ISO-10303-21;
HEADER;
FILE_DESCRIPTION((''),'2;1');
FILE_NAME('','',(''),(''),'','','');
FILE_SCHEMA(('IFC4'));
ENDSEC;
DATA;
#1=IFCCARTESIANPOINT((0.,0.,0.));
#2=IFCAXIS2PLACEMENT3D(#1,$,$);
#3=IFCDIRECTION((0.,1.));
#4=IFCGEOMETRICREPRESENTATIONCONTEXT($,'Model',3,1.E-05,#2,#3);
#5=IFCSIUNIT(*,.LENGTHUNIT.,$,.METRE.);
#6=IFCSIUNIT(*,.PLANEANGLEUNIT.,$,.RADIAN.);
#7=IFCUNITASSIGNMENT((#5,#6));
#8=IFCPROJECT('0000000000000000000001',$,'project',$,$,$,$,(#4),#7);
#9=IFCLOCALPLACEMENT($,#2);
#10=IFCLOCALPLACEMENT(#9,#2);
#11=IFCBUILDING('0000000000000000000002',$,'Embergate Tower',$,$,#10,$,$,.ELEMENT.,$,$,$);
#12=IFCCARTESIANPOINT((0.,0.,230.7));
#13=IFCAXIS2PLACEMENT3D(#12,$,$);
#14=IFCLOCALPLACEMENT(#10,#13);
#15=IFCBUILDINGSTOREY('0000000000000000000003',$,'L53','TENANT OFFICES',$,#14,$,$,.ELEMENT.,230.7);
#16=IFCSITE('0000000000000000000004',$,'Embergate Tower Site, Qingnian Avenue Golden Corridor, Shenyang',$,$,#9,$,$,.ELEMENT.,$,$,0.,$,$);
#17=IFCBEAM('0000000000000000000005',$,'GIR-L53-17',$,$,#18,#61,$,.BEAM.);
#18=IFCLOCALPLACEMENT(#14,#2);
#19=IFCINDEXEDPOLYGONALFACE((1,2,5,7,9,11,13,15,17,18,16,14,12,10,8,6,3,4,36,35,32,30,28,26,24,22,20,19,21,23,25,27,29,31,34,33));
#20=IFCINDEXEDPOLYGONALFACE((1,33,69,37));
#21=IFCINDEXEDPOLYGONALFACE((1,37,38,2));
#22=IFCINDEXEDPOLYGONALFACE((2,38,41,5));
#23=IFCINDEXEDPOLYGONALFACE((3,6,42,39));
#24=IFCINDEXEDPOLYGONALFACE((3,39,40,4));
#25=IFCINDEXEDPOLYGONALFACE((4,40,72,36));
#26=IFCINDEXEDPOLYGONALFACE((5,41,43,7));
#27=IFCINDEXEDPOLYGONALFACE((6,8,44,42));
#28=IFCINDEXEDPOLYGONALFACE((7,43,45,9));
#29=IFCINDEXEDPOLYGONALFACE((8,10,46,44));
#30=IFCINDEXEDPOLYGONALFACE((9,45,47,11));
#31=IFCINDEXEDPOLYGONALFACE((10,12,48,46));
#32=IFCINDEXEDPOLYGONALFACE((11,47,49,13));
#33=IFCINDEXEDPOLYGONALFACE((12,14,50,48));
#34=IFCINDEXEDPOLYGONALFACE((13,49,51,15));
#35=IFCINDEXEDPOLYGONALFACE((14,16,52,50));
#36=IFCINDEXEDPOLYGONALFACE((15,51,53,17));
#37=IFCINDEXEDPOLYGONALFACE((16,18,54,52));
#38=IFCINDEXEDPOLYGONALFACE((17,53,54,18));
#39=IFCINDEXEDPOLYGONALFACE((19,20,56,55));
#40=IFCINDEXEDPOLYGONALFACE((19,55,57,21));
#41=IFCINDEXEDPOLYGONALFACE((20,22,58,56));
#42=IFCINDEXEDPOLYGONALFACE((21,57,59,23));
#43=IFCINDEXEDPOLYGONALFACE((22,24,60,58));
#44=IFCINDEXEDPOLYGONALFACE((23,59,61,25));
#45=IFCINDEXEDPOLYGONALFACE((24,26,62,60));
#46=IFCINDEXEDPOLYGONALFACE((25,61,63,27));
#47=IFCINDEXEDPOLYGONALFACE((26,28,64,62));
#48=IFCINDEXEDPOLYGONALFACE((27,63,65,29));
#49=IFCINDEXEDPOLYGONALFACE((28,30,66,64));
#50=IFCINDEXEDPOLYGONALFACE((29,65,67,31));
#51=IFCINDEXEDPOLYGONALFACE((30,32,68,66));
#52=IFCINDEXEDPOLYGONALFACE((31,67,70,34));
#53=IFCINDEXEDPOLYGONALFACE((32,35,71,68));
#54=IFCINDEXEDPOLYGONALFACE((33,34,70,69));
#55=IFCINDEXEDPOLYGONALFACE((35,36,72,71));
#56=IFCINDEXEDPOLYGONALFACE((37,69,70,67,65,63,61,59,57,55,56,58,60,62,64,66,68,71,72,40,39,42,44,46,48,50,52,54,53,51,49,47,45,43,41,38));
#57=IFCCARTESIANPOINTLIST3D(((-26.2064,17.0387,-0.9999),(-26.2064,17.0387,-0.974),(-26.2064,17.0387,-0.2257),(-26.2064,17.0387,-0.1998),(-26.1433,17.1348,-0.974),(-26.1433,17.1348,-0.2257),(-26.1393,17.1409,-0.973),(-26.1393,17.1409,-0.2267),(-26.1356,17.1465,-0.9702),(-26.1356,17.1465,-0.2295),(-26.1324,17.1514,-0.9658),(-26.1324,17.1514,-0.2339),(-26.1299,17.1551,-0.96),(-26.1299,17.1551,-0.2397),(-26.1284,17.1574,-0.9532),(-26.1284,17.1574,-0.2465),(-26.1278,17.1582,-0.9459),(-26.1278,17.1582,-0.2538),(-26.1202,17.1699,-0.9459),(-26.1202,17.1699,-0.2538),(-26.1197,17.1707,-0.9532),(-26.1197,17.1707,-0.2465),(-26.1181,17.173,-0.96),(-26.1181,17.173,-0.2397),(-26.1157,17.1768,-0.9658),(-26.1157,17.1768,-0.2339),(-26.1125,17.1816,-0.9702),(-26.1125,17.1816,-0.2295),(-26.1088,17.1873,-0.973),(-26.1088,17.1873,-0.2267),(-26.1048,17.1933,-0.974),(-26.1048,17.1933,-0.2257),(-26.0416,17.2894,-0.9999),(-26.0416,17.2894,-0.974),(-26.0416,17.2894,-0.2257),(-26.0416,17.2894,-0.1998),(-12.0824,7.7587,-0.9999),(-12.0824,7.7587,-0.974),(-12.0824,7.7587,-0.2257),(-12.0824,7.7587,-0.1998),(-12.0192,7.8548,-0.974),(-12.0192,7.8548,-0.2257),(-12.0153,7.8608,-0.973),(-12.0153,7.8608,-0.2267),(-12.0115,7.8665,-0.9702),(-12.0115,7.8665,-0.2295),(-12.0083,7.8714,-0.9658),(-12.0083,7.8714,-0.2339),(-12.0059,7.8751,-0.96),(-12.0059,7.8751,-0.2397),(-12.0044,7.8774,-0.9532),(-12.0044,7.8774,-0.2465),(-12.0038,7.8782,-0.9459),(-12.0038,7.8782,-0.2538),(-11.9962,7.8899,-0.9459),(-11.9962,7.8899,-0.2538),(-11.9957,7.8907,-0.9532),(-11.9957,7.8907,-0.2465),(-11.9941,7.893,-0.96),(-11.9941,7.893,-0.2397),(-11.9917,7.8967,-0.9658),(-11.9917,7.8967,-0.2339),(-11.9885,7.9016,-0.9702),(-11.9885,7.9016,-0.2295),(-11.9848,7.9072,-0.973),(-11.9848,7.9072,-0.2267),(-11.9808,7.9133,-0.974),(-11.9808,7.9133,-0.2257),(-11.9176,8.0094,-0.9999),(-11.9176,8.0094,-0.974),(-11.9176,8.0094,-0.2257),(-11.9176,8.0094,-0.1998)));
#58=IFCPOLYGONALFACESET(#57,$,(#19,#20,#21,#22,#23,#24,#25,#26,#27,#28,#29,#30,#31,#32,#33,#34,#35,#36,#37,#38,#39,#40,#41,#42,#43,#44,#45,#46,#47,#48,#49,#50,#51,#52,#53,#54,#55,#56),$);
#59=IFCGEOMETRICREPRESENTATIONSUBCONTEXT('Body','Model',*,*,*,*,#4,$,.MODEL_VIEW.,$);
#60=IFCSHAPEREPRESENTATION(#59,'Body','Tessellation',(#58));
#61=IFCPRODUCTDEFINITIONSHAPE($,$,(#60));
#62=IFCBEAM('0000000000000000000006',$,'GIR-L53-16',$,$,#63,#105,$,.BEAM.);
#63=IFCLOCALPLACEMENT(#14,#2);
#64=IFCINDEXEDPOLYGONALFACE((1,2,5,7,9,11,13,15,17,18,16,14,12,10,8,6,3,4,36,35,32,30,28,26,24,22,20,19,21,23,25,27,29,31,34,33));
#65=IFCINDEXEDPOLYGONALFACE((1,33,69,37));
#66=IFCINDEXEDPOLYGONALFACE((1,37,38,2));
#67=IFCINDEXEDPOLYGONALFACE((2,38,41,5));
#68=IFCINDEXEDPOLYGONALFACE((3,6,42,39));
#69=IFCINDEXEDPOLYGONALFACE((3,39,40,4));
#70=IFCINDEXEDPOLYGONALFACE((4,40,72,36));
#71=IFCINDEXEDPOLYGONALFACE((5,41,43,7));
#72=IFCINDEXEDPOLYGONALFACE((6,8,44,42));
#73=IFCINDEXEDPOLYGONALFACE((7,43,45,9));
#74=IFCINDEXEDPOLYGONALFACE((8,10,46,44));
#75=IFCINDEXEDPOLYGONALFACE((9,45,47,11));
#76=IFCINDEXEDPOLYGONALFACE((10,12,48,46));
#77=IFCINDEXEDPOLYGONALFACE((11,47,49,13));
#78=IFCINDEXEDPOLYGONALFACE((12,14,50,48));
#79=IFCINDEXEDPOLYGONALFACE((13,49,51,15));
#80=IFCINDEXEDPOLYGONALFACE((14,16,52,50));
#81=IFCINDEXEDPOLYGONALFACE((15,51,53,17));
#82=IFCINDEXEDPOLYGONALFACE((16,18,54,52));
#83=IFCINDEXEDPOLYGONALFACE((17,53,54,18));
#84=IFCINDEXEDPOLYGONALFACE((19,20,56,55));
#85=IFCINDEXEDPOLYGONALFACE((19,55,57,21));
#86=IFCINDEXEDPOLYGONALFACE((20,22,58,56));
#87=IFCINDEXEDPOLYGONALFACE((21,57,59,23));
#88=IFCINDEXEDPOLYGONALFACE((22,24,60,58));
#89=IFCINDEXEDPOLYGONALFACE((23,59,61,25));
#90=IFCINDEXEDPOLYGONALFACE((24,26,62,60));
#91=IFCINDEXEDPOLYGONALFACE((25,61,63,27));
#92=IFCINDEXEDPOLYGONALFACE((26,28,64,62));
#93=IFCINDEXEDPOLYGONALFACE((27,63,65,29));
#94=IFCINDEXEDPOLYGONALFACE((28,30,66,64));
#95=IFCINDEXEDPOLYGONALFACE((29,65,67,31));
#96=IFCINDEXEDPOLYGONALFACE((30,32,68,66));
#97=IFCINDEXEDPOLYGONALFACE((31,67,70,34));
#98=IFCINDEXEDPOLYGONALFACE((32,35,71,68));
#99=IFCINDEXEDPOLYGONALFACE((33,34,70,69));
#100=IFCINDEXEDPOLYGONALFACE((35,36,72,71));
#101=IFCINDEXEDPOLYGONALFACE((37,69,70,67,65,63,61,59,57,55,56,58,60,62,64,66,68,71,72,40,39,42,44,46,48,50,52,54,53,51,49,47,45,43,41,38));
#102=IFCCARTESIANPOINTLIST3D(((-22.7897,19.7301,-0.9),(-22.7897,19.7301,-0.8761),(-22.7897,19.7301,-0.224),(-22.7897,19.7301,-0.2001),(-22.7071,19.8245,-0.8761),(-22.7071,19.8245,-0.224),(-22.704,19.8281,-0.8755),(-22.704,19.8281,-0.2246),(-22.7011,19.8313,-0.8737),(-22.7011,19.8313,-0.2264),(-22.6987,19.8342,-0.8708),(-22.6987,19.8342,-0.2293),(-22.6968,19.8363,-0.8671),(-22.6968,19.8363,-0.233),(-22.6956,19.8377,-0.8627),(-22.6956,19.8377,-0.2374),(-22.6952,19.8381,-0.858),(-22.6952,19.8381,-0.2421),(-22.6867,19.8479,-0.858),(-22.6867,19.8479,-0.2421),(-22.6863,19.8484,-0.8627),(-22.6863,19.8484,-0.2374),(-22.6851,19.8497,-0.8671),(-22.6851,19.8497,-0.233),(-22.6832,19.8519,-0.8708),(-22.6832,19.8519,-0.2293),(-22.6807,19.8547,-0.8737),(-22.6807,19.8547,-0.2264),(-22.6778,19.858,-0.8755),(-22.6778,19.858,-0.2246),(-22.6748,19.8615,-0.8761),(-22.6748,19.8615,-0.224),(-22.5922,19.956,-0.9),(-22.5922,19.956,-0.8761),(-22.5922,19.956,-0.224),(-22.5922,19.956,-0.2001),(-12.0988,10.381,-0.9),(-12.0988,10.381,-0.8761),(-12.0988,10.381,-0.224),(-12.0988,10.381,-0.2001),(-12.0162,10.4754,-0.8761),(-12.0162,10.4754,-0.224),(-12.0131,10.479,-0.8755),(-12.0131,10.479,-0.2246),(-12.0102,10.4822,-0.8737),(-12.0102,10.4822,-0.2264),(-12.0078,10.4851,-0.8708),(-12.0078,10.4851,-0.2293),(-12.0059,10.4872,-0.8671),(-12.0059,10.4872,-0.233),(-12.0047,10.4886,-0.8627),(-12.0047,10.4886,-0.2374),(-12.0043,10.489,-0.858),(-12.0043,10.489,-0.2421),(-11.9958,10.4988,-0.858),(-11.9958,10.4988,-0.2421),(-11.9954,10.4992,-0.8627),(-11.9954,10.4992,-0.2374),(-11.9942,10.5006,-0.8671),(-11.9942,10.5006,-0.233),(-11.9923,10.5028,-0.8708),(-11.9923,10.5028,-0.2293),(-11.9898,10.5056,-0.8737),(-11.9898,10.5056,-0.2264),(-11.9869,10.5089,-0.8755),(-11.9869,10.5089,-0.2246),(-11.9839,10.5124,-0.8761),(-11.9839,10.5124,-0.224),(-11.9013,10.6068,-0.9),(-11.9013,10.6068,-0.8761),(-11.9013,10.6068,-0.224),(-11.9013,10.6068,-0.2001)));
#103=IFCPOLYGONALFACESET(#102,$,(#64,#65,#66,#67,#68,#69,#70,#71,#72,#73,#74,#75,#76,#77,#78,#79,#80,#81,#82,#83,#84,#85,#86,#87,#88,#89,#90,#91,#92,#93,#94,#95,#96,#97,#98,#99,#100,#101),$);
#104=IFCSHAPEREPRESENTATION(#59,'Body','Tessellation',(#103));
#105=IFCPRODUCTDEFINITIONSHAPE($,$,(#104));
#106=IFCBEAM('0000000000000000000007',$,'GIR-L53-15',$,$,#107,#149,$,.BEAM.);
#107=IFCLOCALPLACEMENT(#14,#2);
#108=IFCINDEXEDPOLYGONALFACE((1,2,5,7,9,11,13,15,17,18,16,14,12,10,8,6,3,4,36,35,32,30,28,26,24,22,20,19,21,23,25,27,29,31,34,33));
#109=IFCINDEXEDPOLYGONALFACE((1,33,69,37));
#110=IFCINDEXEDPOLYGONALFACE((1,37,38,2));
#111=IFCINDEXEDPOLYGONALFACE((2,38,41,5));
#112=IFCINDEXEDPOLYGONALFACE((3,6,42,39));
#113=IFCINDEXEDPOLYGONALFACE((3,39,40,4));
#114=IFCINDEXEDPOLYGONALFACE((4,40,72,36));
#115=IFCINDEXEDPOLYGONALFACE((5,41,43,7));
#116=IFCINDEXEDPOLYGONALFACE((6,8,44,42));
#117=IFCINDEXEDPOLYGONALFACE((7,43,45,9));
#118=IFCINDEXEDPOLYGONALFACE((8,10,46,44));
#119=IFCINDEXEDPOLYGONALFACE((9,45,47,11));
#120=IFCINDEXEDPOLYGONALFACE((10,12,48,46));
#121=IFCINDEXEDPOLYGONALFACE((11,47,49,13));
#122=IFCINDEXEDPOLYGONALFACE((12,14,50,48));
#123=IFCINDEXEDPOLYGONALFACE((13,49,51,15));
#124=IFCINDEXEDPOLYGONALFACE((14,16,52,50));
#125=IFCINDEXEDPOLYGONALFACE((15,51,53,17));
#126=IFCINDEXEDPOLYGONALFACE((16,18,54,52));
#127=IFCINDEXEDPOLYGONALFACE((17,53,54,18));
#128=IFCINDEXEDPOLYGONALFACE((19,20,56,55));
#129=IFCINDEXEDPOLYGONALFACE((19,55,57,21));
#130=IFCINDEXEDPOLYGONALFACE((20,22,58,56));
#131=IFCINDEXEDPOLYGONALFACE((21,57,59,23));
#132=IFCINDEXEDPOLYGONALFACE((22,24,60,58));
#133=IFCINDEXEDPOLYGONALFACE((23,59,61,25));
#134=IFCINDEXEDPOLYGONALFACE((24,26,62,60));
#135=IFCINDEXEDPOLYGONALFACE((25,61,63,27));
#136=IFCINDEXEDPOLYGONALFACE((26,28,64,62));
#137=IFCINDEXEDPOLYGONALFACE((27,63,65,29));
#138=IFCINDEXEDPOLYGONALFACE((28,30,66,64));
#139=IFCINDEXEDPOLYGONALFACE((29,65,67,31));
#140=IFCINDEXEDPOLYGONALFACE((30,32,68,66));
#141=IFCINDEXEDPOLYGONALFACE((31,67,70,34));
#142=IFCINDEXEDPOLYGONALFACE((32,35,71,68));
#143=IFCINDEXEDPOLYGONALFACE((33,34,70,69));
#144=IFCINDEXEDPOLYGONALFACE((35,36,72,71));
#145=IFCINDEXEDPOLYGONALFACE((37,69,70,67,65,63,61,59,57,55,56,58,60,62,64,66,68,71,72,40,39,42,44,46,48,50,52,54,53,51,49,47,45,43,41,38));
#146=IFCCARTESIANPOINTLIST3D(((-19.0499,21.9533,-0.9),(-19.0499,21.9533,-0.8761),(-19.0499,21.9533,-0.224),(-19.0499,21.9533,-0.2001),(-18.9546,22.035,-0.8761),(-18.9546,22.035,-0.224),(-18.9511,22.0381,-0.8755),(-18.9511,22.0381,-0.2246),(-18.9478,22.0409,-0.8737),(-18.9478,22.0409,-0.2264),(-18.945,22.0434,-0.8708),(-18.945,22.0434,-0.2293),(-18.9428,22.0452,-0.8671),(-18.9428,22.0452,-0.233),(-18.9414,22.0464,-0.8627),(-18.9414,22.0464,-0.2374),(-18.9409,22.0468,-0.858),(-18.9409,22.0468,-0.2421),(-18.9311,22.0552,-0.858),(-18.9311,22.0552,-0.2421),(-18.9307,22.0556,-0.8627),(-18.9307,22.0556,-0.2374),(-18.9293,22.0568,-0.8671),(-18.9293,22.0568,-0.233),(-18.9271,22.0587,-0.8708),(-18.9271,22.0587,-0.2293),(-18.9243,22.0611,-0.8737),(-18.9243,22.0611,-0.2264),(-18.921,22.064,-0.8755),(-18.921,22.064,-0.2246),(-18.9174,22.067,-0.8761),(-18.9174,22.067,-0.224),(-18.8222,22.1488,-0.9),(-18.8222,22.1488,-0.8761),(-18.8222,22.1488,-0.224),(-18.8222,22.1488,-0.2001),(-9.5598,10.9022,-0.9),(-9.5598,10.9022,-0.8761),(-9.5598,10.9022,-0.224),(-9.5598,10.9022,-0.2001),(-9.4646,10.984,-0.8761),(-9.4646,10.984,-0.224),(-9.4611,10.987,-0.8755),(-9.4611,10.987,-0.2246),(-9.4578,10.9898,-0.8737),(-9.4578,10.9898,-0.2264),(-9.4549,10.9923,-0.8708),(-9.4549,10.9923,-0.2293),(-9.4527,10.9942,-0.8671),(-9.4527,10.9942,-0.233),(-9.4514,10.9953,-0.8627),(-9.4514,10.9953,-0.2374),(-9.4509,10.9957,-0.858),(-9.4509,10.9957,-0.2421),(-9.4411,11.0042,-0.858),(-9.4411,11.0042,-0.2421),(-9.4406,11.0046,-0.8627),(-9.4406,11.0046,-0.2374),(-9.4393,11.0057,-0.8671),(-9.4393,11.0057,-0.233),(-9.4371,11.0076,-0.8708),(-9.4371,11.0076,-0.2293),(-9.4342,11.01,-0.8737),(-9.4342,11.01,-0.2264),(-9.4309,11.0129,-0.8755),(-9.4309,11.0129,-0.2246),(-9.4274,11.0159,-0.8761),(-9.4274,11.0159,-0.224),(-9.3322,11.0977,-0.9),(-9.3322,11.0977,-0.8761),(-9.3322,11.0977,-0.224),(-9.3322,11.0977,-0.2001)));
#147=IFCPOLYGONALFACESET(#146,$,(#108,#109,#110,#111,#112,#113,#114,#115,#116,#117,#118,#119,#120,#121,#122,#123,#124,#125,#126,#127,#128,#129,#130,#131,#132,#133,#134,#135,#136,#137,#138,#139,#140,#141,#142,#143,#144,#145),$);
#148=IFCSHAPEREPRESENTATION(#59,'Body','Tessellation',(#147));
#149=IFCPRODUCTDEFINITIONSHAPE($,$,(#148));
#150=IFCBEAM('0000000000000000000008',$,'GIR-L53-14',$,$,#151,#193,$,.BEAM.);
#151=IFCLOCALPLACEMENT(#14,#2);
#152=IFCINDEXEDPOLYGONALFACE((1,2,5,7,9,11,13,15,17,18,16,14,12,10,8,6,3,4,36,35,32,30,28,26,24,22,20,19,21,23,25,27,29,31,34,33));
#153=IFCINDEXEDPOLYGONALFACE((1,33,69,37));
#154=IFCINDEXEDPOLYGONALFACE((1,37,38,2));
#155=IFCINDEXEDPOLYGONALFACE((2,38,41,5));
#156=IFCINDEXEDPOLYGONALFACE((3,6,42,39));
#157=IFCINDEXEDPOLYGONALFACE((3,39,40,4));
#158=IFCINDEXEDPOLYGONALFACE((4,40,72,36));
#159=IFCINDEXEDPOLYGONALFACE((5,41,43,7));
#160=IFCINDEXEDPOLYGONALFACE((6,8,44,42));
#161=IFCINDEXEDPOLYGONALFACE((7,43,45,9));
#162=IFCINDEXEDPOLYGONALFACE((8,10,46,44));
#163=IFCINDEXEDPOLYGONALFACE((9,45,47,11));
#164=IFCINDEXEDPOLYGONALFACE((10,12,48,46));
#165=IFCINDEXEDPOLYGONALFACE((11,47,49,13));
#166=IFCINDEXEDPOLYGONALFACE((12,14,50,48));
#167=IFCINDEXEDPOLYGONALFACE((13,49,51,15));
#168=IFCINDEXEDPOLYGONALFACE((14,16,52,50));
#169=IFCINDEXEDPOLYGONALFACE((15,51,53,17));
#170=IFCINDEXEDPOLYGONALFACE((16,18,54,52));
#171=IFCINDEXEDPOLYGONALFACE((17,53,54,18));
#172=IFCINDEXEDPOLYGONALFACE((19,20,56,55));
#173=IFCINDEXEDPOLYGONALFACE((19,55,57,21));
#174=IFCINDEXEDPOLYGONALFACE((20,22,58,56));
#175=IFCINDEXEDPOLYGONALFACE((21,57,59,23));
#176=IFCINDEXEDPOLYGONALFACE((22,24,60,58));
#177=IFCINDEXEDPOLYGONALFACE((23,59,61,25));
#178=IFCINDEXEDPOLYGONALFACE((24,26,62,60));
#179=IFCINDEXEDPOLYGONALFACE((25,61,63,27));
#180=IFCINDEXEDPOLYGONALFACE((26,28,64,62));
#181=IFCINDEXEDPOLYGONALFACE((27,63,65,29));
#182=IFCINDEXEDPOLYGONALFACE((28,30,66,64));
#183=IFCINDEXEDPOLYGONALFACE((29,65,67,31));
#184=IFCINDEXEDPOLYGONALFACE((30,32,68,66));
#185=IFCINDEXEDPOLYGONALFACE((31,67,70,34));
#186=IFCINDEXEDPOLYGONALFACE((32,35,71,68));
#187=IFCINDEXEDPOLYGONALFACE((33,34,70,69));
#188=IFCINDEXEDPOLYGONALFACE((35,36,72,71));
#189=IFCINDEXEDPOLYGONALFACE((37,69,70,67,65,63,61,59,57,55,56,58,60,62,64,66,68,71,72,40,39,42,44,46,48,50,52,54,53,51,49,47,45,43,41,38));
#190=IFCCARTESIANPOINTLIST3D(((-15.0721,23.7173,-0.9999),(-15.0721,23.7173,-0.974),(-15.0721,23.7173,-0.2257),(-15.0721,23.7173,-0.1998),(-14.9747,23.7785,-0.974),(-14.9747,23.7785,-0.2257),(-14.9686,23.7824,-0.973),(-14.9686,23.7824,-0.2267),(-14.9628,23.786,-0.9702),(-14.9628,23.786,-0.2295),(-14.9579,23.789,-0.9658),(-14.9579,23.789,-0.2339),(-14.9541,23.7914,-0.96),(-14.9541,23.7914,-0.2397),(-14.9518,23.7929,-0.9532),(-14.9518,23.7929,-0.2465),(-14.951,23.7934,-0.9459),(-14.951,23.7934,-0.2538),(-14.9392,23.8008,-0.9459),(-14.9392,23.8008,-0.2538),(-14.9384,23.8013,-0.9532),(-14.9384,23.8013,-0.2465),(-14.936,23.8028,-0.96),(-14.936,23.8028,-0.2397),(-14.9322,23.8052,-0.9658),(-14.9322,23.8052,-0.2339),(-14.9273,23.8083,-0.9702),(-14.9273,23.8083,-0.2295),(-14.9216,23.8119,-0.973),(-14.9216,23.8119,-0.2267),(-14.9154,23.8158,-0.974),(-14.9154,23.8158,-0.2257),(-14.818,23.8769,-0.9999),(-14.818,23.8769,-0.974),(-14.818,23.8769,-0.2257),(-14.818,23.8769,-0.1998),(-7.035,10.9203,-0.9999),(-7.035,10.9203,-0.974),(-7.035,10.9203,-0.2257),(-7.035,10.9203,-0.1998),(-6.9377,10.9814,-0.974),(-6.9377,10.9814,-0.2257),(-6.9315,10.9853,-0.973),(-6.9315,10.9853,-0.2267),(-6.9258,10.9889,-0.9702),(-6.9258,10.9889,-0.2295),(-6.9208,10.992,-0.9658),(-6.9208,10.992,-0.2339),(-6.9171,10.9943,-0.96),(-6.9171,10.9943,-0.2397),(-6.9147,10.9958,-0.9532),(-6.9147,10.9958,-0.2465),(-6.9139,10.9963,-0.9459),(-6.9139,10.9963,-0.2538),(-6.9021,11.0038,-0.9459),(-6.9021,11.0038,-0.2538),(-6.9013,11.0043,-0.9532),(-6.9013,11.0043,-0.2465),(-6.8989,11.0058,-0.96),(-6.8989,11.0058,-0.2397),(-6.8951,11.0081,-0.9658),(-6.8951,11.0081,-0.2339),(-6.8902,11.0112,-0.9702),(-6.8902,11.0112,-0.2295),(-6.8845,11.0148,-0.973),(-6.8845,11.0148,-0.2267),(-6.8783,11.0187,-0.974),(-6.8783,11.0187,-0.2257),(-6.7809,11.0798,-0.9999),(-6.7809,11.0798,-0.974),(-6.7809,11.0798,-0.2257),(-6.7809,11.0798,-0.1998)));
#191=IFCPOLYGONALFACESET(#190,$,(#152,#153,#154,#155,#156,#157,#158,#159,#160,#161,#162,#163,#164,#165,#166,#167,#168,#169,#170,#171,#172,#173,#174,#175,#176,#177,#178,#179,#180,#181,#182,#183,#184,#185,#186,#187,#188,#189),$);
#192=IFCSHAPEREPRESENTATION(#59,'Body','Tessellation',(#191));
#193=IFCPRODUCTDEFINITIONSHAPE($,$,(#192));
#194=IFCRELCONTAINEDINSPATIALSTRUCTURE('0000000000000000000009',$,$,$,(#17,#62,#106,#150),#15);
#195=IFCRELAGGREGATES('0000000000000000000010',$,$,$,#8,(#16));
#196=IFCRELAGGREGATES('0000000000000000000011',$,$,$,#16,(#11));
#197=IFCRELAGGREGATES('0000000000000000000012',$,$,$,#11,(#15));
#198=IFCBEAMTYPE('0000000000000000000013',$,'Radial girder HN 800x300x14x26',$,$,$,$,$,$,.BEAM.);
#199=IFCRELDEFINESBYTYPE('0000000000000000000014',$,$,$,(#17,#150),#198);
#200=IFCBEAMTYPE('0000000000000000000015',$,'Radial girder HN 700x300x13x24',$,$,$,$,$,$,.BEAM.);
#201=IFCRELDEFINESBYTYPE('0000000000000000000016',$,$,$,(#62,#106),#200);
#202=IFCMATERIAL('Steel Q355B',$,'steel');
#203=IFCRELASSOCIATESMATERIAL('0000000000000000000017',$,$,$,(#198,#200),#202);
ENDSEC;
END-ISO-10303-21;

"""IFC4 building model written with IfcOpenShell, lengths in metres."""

from ifc_helpers import new_model, si_unit, direction, frame, origin, origin_2d, place, context, subcontext, project, spatial, i_section, extrude, source, transform, mapped, material, material_profile, profile_set, type_object, element, save


model = new_model("IFC4")

# Units and contexts
model_context = context("Model", 3, precision=1e-05, world=origin(), true_north=direction((0.0, 1.0)))
body_context = subcontext(model_context, "Body", "Model", "MODEL_VIEW")
ifc_project = project(units=[si_unit("LENGTHUNIT", "METRE"), si_unit("PLANEANGLEUNIT", "RADIAN")], contexts=[model_context])

# Site, building, storey
site_placement = place(None, origin())
site = spatial("IfcSite", under=ifc_project, at=site_placement, Name="Embergate Tower Site, Qingnian Avenue Golden Corridor, Shenyang", CompositionType="ELEMENT", RefElevation=0.0)
building_placement = place(site_placement, origin())
building = spatial("IfcBuilding", under=site, at=building_placement, Name="Embergate Tower", CompositionType="ELEMENT")
storey_placement = place(building_placement, frame((0.0, 0.0, 230.7)))
storey = spatial("IfcBuildingStorey", under=building, at=storey_placement, Name="L53", Description="TENANT OFFICES", CompositionType="ELEMENT", Elevation=230.7)

# Beams
ifc_material_1 = material(Name="Steel Q355B", Category="steel")
ifc_material_profile_1 = material_profile(ifc_material_1, i_section(OverallWidth=0.3, OverallDepth=0.8, WebThickness=0.0139, FlangeThickness=0.0259, FilletRadius=0.0281, at=origin_2d()), Name="HN 800x300x14x26")
ifc_profile_set_1 = profile_set([ifc_material_profile_1], Name="Steel Q355 grade B")
beam_type_1 = type_object("IfcBeamType", Name="Radial girder HN 800x300x14x26", PredefinedType="BEAM", material=ifc_profile_set_1)
shared_shape_1 = source(origin(), body_context, "Body", "SweptSolid", [
    extrude(i_section(OverallWidth=0.3, OverallDepth=0.8, WebThickness=0.0139, FlangeThickness=0.0259, FilletRadius=0.0281, at=origin_2d()), origin(), (0.0, 0.0, 1.0), 16.8999),
])
beam_1_placement = place(storey_placement, frame((-26.124, 17.1641, -0.5999), z_axis=(0.835745, -0.549117, 0.0), x_axis=(0.549117, 0.835745, 0.0)))
element("IfcBeam", 1, at=beam_1_placement, inside=storey, type_object=beam_type_1, Name="GIR-L53-17", PredefinedType="BEAM", context=body_context, shape_type="MappedRepresentation", body=[
    mapped(shared_shape_1, transform((0.0, 0.0, 0.0))),
])
ifc_material_profile_2 = material_profile(ifc_material_1, i_section(OverallWidth=0.3, OverallDepth=0.7, WebThickness=0.0129, FlangeThickness=0.0239, FilletRadius=0.0181, at=origin_2d()), Name="HN 700x300x13x24")
ifc_profile_set_2 = profile_set([ifc_material_profile_2], Name="Steel Q355 grade B")
beam_type_2 = type_object("IfcBeamType", Name="Radial girder HN 700x300x13x24", PredefinedType="BEAM", material=ifc_profile_set_2)
shared_shape_2 = source(origin(), body_context, "Body", "SweptSolid", [
    extrude(i_section(OverallWidth=0.3, OverallDepth=0.7, WebThickness=0.0129, FlangeThickness=0.0239, FilletRadius=0.0181, at=origin_2d()), origin(), (0.0, 0.0, 1.0), 14.2021),
])
beam_2_placement = place(storey_placement, frame((-22.6909, 19.843, -0.55), z_axis=(0.752766, -0.658288, 0.0), x_axis=(0.658288, 0.752766, 0.0)))
element("IfcBeam", 2, at=beam_2_placement, inside=storey, type_object=beam_type_2, Name="GIR-L53-16", PredefinedType="BEAM", context=body_context, shape_type="MappedRepresentation", body=[
    mapped(shared_shape_2, transform((0.0, 0.0, 0.0))),
])
shared_shape_3 = source(origin(), body_context, "Body", "SweptSolid", [
    extrude(i_section(OverallWidth=0.3, OverallDepth=0.7, WebThickness=0.0129, FlangeThickness=0.0239, FilletRadius=0.0181, at=origin_2d()), origin(), (0.0, 0.0, 1.0), 14.5667),
])
beam_3_placement = place(storey_placement, frame((-18.936, 22.051, -0.55), z_axis=(0.651491, -0.758656, 0.0), x_axis=(0.758656, 0.651491, 0.0)))
element("IfcBeam", 3, at=beam_3_placement, inside=storey, type_object=beam_type_2, Name="GIR-L53-15", PredefinedType="BEAM", context=body_context, shape_type="MappedRepresentation", body=[
    mapped(shared_shape_3, transform((0.0, 0.0, 0.0))),
])
shared_shape_4 = source(origin(), body_context, "Body", "SweptSolid", [
    extrude(i_section(OverallWidth=0.3, OverallDepth=0.8, WebThickness=0.0139, FlangeThickness=0.0259, FilletRadius=0.0281, at=origin_2d()), origin(), (0.0, 0.0, 1.0), 15.1116),
])
beam_4_placement = place(storey_placement, frame((-14.9451, 23.7971, -0.5999), z_axis=(0.531849, -0.846839, 0.0), x_axis=(0.846839, 0.531849, 0.0)))
element("IfcBeam", 4, at=beam_4_placement, inside=storey, type_object=beam_type_1, Name="GIR-L53-14", PredefinedType="BEAM", context=body_context, shape_type="MappedRepresentation", body=[
    mapped(shared_shape_4, transform((0.0, 0.0, 0.0))),
])

save(model, "model.ifc")
